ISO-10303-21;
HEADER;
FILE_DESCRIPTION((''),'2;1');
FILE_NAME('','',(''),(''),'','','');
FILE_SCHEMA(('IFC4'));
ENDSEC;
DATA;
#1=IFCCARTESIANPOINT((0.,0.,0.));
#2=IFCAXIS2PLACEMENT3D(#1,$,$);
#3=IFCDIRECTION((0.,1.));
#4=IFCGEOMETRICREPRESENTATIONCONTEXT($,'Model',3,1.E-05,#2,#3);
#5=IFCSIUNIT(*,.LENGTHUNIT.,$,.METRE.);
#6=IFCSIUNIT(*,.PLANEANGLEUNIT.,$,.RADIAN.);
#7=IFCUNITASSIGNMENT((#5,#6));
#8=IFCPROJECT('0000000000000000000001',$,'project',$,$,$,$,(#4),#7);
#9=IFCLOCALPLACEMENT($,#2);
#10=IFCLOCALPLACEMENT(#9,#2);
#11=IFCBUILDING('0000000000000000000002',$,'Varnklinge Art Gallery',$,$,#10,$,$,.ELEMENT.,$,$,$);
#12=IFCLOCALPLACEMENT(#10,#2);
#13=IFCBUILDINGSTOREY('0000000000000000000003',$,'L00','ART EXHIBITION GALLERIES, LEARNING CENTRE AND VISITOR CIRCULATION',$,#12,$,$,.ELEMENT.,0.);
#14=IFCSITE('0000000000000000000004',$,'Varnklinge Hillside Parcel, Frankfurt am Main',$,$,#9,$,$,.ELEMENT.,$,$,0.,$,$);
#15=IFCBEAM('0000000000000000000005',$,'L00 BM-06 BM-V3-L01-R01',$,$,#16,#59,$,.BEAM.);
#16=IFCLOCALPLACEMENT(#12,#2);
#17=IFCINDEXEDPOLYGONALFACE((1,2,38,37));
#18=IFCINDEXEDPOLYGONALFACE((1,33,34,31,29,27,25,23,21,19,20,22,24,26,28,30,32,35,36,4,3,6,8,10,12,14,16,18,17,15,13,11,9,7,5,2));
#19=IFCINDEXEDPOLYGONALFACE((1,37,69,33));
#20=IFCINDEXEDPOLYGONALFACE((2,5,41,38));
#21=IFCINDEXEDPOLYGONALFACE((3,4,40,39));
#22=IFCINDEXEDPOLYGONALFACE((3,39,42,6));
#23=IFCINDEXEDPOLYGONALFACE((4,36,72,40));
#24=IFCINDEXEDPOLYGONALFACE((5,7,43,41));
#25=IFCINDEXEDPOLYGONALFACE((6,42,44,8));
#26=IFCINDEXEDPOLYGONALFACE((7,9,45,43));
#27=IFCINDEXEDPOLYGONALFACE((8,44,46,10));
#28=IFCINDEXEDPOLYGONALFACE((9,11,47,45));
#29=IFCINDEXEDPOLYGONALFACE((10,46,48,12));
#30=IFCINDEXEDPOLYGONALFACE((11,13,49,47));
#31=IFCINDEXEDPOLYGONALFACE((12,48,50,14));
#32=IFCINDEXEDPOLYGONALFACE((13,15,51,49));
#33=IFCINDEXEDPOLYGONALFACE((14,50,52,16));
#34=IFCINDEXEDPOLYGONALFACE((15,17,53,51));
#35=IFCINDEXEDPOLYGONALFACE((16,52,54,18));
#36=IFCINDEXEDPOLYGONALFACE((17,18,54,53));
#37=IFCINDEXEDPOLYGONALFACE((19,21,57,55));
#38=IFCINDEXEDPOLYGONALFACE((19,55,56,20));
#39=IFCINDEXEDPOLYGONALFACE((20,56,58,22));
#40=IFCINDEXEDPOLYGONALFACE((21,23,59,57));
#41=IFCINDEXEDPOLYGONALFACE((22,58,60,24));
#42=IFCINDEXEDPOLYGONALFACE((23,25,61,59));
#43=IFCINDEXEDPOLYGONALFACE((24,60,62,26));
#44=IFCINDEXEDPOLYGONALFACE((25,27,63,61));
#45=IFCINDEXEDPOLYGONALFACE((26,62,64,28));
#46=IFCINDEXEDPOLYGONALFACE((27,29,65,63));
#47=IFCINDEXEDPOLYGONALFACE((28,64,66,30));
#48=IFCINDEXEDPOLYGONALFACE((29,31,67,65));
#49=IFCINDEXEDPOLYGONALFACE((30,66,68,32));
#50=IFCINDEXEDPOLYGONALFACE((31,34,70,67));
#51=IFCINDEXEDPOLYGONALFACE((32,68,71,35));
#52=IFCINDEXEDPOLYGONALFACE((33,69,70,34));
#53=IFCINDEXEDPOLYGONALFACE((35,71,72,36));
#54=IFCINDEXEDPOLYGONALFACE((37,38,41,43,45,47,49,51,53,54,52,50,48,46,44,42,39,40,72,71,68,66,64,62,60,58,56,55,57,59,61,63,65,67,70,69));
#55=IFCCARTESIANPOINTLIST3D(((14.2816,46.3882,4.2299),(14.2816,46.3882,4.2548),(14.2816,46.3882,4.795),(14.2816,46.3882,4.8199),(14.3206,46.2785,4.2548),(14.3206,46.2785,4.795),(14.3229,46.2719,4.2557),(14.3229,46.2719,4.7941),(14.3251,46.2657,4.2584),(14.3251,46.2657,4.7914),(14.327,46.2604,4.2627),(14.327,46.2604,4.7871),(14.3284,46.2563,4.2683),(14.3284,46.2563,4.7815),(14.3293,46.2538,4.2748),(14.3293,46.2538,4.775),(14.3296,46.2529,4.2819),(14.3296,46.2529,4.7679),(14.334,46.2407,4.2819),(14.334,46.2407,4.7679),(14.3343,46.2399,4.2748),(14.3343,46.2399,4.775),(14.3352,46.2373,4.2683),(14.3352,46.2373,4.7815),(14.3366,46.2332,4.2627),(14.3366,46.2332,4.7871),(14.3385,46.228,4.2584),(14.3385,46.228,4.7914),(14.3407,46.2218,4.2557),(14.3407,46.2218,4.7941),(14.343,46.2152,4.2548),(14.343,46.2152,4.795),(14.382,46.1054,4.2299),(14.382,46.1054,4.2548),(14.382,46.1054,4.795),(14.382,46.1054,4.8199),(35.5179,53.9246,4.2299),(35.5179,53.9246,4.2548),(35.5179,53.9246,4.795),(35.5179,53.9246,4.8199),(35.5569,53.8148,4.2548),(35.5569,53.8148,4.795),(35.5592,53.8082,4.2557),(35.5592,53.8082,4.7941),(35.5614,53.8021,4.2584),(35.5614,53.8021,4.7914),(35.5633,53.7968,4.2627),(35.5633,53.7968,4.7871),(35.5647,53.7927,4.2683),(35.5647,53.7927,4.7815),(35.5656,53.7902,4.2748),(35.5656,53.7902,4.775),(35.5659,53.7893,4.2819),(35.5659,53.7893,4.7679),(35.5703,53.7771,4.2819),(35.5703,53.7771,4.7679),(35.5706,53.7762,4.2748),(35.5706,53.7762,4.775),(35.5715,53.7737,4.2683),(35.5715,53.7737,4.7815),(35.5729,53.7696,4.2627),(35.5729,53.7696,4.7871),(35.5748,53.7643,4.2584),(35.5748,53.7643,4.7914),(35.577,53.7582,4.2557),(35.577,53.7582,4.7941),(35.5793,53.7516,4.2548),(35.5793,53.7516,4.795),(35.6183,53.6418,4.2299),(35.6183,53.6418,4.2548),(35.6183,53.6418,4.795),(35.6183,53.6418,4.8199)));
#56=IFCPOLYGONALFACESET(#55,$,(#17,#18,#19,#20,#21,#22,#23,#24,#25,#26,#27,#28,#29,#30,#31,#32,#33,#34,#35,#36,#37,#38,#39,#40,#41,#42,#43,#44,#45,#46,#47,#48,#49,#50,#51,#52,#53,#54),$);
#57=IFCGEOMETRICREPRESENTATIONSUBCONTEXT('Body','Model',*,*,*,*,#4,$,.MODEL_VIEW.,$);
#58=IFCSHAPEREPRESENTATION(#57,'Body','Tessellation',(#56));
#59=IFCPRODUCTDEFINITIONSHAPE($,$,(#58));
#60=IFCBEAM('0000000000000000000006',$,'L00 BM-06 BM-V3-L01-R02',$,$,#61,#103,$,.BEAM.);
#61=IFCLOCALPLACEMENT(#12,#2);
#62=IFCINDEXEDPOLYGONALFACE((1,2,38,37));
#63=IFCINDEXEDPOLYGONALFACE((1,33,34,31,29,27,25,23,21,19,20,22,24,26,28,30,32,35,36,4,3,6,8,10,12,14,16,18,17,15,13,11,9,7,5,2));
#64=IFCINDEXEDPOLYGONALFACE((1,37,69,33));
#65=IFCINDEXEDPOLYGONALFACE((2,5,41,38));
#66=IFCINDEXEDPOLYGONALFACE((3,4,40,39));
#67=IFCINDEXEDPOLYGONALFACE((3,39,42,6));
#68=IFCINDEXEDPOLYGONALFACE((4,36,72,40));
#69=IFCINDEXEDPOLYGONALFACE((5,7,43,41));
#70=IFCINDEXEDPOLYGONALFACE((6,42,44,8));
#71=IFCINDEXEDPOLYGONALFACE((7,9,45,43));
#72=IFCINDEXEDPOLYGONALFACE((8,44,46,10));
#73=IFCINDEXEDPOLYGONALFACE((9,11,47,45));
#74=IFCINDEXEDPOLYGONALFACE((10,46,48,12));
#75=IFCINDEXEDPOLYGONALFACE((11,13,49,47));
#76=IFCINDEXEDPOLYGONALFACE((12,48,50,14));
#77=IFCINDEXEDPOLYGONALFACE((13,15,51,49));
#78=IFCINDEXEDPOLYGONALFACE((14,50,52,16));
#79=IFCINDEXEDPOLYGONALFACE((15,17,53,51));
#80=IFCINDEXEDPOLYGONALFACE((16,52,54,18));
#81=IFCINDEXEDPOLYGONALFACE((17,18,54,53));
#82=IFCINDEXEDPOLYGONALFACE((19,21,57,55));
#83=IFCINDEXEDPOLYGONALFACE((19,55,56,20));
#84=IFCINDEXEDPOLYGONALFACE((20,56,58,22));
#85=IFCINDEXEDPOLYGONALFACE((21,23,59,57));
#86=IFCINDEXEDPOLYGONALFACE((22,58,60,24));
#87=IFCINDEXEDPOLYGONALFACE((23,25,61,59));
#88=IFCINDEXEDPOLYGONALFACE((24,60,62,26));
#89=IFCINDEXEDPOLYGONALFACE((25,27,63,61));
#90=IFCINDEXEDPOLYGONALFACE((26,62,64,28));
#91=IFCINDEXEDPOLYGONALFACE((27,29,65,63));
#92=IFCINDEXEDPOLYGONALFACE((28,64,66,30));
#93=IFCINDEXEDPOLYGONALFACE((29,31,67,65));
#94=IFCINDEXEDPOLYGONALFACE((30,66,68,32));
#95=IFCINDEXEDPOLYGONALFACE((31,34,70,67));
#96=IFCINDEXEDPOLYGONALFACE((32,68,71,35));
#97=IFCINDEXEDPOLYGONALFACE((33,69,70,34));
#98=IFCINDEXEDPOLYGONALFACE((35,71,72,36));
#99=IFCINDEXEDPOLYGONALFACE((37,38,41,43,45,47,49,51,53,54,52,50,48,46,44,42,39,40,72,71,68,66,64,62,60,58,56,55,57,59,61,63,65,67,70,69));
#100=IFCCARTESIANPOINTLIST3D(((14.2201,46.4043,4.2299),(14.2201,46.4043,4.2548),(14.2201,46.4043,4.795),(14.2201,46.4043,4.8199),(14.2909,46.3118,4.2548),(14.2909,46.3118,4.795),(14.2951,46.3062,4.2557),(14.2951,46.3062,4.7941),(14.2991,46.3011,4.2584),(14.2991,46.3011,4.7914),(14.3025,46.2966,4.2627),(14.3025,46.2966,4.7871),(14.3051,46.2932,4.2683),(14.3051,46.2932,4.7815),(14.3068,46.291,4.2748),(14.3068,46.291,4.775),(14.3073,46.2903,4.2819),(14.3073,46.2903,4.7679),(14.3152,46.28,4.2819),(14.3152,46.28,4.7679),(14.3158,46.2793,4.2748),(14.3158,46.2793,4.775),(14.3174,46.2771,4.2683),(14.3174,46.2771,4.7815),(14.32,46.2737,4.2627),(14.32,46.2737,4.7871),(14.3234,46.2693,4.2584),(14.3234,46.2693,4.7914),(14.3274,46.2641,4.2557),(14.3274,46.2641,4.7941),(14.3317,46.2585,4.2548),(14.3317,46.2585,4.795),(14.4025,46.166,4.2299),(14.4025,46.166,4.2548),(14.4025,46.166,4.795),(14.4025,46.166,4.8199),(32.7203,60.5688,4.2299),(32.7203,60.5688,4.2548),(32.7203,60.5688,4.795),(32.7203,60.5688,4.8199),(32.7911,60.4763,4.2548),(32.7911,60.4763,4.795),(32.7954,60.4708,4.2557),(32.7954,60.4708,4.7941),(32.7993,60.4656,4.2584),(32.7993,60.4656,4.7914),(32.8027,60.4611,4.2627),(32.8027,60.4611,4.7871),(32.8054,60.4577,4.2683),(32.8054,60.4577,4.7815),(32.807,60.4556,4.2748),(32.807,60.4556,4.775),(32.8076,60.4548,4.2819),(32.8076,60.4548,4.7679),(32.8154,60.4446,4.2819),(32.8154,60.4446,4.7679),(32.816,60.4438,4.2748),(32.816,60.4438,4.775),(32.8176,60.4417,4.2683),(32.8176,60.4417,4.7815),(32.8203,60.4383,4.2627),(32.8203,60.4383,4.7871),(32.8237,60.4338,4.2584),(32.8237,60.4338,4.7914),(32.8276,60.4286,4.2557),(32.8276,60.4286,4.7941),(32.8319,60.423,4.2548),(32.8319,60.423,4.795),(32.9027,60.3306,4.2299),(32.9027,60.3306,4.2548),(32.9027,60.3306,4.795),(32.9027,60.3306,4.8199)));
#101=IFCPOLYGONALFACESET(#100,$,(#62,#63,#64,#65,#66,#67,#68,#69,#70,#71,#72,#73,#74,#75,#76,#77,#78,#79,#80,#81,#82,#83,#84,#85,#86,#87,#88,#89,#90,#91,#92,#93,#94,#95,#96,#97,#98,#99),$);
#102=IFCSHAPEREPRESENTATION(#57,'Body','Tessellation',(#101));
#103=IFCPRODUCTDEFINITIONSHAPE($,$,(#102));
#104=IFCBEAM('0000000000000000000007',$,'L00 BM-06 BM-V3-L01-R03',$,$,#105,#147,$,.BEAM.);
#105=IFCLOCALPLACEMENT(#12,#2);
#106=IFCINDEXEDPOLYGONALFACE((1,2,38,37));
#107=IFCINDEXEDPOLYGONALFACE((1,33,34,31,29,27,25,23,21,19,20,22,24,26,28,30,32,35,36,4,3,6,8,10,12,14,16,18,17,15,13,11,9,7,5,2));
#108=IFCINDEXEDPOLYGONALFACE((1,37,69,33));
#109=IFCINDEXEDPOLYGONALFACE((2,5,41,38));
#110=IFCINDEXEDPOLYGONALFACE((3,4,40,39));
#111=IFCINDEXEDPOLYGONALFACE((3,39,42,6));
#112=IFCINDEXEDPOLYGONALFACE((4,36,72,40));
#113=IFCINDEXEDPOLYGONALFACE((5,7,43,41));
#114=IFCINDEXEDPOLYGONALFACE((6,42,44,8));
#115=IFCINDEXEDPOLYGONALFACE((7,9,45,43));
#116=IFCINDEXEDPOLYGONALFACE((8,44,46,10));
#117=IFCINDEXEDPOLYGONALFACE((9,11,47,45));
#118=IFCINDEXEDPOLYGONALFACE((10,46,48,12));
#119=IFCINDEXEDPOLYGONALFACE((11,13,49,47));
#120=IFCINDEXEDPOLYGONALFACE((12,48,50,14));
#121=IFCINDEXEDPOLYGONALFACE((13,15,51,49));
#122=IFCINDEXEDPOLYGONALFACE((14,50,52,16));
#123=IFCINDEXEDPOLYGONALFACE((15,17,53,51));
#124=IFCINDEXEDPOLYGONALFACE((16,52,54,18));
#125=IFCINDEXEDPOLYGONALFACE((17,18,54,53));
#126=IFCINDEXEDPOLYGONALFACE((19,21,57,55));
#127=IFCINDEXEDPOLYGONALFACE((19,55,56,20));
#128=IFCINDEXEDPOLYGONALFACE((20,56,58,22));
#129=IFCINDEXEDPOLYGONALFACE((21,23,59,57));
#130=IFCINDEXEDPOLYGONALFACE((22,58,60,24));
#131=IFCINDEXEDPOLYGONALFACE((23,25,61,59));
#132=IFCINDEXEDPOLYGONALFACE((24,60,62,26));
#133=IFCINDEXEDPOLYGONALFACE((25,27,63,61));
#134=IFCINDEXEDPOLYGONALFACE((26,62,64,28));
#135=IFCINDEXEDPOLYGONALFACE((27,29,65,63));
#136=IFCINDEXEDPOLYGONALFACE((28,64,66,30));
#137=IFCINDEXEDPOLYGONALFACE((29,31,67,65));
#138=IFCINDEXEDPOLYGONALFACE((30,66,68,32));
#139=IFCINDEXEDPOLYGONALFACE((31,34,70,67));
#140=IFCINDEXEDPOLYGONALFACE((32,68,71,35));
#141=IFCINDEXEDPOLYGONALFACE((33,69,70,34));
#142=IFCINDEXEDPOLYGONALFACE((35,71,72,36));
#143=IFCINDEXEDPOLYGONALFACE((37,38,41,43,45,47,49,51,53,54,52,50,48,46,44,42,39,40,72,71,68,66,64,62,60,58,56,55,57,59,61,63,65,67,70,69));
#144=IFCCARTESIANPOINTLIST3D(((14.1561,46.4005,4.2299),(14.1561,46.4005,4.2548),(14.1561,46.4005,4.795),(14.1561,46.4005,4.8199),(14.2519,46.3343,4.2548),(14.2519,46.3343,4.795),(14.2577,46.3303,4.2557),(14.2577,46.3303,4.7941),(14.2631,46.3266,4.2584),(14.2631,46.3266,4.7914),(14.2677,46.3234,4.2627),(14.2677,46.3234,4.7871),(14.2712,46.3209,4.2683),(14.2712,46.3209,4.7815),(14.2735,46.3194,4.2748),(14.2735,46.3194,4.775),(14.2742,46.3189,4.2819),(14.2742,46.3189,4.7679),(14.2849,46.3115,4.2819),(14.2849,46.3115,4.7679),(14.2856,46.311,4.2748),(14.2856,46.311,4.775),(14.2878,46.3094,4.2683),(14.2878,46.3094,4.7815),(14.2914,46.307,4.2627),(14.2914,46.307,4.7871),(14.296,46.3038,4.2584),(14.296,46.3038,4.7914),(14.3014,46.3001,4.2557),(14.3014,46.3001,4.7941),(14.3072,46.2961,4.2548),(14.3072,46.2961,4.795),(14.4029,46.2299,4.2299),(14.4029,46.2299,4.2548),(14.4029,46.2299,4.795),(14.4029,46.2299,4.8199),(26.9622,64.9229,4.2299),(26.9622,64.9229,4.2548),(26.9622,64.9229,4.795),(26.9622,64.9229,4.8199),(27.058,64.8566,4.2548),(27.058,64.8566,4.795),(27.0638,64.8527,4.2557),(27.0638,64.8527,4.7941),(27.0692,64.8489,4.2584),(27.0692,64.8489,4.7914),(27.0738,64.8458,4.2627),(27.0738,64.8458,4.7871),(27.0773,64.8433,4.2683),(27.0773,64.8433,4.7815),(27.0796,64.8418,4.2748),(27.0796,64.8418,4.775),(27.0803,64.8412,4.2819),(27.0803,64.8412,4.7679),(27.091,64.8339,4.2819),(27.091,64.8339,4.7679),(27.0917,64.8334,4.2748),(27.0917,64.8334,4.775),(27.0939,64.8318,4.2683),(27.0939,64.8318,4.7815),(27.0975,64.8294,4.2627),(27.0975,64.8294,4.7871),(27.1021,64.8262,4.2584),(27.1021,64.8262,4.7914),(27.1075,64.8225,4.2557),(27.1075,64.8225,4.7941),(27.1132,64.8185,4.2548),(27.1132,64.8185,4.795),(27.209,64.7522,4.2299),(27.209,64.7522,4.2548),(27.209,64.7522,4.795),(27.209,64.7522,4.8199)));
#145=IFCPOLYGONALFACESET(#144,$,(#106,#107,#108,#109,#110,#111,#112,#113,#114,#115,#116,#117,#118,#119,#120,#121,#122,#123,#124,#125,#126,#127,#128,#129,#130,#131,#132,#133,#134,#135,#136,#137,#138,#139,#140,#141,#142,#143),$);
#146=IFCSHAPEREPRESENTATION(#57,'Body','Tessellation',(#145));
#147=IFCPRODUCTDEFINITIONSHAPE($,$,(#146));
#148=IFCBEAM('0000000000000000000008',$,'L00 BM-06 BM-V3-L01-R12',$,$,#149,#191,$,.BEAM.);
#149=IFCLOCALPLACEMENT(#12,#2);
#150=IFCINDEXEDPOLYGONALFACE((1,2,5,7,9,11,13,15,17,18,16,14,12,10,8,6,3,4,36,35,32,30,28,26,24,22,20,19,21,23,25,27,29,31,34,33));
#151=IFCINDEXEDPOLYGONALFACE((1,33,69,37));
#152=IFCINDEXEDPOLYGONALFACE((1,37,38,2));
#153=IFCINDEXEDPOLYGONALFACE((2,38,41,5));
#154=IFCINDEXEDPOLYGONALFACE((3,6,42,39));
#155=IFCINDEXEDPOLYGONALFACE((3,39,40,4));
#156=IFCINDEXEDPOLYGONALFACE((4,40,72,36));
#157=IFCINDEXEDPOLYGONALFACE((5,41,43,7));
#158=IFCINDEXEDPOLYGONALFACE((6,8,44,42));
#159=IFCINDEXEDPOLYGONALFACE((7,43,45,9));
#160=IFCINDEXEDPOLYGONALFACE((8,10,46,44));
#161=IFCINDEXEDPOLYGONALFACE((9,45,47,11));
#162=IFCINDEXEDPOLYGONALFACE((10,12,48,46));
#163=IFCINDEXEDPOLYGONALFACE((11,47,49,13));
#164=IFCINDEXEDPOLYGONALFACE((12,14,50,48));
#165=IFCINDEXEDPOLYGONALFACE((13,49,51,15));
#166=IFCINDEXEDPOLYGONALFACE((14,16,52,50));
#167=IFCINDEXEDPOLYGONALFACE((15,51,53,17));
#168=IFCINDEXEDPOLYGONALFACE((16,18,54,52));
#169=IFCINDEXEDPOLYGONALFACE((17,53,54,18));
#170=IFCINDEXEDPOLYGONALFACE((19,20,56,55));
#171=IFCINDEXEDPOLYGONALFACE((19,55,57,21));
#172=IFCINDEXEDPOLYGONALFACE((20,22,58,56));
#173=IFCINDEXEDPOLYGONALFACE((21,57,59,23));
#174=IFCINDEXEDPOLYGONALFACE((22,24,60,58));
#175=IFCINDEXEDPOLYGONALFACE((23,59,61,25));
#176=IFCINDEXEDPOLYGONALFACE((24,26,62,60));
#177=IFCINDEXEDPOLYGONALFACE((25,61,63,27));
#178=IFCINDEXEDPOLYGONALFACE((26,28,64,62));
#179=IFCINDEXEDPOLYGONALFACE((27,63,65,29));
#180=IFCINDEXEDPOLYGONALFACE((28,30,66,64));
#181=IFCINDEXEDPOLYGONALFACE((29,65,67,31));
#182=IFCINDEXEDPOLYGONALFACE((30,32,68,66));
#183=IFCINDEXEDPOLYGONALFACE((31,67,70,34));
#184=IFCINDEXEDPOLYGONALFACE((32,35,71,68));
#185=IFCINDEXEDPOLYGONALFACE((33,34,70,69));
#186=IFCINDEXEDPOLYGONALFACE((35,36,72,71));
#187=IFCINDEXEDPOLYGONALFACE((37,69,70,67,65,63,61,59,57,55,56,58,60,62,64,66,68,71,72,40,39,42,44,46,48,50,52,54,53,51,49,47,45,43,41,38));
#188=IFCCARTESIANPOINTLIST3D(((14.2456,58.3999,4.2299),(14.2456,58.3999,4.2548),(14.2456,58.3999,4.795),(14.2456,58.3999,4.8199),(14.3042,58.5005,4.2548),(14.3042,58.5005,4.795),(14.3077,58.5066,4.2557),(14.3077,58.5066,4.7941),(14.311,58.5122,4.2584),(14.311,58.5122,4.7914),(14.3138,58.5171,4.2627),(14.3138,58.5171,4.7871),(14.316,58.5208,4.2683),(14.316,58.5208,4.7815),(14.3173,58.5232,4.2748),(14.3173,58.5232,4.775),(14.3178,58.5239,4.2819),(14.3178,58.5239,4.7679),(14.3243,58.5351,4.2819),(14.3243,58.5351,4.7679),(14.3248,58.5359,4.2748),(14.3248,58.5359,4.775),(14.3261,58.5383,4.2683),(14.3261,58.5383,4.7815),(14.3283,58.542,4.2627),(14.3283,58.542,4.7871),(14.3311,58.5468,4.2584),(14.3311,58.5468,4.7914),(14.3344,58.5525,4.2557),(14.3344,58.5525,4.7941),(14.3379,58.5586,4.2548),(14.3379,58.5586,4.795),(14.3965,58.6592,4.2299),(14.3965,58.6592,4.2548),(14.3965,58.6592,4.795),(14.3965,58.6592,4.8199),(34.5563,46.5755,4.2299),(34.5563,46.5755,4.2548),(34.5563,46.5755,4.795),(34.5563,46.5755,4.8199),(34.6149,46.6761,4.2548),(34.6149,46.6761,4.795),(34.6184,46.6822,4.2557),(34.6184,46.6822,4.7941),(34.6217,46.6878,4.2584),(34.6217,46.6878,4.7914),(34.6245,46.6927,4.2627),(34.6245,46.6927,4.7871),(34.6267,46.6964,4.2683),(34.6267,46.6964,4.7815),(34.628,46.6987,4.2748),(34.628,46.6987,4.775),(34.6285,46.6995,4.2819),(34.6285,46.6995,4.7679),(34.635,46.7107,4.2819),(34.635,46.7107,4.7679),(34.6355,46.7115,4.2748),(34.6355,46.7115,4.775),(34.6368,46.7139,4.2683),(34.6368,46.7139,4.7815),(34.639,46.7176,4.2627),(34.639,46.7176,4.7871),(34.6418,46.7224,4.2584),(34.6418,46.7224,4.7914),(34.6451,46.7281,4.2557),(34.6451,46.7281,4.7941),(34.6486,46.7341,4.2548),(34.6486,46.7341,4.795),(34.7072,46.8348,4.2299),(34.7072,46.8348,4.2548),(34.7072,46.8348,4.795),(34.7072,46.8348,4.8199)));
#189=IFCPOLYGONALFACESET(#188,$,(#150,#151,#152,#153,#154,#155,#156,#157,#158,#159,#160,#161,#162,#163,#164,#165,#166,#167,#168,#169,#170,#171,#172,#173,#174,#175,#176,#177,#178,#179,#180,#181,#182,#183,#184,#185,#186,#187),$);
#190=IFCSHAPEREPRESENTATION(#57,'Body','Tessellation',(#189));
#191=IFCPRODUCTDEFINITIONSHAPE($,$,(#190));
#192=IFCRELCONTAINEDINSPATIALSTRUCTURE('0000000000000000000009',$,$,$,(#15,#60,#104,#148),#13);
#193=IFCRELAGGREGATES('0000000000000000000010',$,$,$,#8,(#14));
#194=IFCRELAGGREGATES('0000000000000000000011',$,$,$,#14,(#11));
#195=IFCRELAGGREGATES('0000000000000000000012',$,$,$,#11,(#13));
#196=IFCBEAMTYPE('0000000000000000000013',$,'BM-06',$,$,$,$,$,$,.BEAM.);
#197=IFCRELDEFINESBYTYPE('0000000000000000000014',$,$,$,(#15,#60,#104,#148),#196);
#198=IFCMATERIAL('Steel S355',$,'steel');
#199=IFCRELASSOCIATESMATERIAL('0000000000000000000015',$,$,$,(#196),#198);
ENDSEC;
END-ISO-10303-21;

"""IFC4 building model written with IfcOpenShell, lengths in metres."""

from ifc_helpers import new_model, si_unit, direction, frame, origin, origin_2d, place, context, subcontext, project, spatial, i_section, extrude, material, material_profile, profile_set, type_object, element, save


model = new_model("IFC4")

# Units and contexts
model_context = context("Model", 3, precision=1e-05, world=origin(), true_north=direction((0.0, 1.0)))
body_context = subcontext(model_context, "Body", "Model", "MODEL_VIEW")
ifc_project = project(units=[si_unit("LENGTHUNIT", "METRE"), si_unit("PLANEANGLEUNIT", "RADIAN")], contexts=[model_context])

# Site, building, storey
site_placement = place(None, origin())
site = spatial("IfcSite", under=ifc_project, at=site_placement, Name="Varnklinge Hillside Parcel, Frankfurt am Main", CompositionType="ELEMENT", RefElevation=0.0)
building_placement = place(site_placement, origin())
building = spatial("IfcBuilding", under=site, at=building_placement, Name="Varnklinge Art Gallery", CompositionType="ELEMENT")
storey_placement = place(building_placement, origin())
storey = spatial("IfcBuildingStorey", under=building, at=storey_placement, Name="L00", Description="ART EXHIBITION GALLERIES, LEARNING CENTRE AND VISITOR CIRCULATION", CompositionType="ELEMENT", Elevation=0.0)

# Beams
ifc_material_1 = material(Name="Steel S355", Category="steel")
ifc_material_profile_1 = material_profile(ifc_material_1, i_section(OverallWidth=0.3, OverallDepth=0.5901, WebThickness=0.0129, FlangeThickness=0.0249, FilletRadius=0.0271, at=origin_2d()), Name="HEA 600")
ifc_profile_set_1 = profile_set([ifc_material_profile_1], Name="Steel S355")
beam_type_1 = type_object("IfcBeamType", Name="BM-06", PredefinedType="BEAM", material=ifc_profile_set_1)
beam_1_placement = place(storey_placement, frame((14.3318, 46.2468, 4.5249), z_axis=(0.942415, 0.334446, 0.0), x_axis=(-0.334446, 0.942415, 0.0)))
element("IfcBeam", 1, at=beam_1_placement, inside=storey, type_object=beam_type_1, Name="L00 BM-06 BM-V3-L01-R01", PredefinedType="BEAM", context=body_context, shape_type="SweptSolid", body=[
    extrude(i_section(OverallWidth=0.3, OverallDepth=0.5901, WebThickness=0.0129, FlangeThickness=0.0249, FilletRadius=0.0271, at=origin_2d()), origin(), (0.0, 0.0, 1.0), 22.5339),
])
beam_2_placement = place(storey_placement, frame((14.3113, 46.2852, 4.5249), z_axis=(0.793999, 0.607919, 0.0), x_axis=(-0.607919, 0.793999, 0.0)))
element("IfcBeam", 2, at=beam_2_placement, inside=storey, type_object=beam_type_1, Name="L00 BM-06 BM-V3-L01-R02", PredefinedType="BEAM", context=body_context, shape_type="SweptSolid", body=[
    extrude(i_section(OverallWidth=0.3, OverallDepth=0.5901, WebThickness=0.0129, FlangeThickness=0.0249, FilletRadius=0.0271, at=origin_2d()), origin(), (0.0, 0.0, 1.0), 23.3),
])
beam_3_placement = place(storey_placement, frame((14.2795, 46.3152, 4.5249), z_axis=(0.568697, 0.822547, 0.0), x_axis=(-0.822547, 0.568697, 0.0)))
element("IfcBeam", 3, at=beam_3_placement, inside=storey, type_object=beam_type_1, Name="L00 BM-06 BM-V3-L01-R03", PredefinedType="BEAM", context=body_context, shape_type="SweptSolid", body=[
    extrude(i_section(OverallWidth=0.3, OverallDepth=0.5901, WebThickness=0.0129, FlangeThickness=0.0249, FilletRadius=0.0271, at=origin_2d()), origin(), (0.0, 0.0, 1.0), 22.5183),
])
beam_4_placement = place(storey_placement, frame((14.321, 58.5295, 4.5249), z_axis=(0.864214, -0.503125, 0.0), x_axis=(0.503125, 0.864214, 0.0)))
element("IfcBeam", 4, at=beam_4_placement, inside=storey, type_object=beam_type_1, Name="L00 BM-06 BM-V3-L01-R12", PredefinedType="BEAM", context=body_context, shape_type="SweptSolid", body=[
    extrude(i_section(OverallWidth=0.3, OverallDepth=0.5901, WebThickness=0.0129, FlangeThickness=0.0249, FilletRadius=0.0271, at=origin_2d()), origin(), (0.0, 0.0, 1.0), 23.502),
])

save(model, "model.ifc")
